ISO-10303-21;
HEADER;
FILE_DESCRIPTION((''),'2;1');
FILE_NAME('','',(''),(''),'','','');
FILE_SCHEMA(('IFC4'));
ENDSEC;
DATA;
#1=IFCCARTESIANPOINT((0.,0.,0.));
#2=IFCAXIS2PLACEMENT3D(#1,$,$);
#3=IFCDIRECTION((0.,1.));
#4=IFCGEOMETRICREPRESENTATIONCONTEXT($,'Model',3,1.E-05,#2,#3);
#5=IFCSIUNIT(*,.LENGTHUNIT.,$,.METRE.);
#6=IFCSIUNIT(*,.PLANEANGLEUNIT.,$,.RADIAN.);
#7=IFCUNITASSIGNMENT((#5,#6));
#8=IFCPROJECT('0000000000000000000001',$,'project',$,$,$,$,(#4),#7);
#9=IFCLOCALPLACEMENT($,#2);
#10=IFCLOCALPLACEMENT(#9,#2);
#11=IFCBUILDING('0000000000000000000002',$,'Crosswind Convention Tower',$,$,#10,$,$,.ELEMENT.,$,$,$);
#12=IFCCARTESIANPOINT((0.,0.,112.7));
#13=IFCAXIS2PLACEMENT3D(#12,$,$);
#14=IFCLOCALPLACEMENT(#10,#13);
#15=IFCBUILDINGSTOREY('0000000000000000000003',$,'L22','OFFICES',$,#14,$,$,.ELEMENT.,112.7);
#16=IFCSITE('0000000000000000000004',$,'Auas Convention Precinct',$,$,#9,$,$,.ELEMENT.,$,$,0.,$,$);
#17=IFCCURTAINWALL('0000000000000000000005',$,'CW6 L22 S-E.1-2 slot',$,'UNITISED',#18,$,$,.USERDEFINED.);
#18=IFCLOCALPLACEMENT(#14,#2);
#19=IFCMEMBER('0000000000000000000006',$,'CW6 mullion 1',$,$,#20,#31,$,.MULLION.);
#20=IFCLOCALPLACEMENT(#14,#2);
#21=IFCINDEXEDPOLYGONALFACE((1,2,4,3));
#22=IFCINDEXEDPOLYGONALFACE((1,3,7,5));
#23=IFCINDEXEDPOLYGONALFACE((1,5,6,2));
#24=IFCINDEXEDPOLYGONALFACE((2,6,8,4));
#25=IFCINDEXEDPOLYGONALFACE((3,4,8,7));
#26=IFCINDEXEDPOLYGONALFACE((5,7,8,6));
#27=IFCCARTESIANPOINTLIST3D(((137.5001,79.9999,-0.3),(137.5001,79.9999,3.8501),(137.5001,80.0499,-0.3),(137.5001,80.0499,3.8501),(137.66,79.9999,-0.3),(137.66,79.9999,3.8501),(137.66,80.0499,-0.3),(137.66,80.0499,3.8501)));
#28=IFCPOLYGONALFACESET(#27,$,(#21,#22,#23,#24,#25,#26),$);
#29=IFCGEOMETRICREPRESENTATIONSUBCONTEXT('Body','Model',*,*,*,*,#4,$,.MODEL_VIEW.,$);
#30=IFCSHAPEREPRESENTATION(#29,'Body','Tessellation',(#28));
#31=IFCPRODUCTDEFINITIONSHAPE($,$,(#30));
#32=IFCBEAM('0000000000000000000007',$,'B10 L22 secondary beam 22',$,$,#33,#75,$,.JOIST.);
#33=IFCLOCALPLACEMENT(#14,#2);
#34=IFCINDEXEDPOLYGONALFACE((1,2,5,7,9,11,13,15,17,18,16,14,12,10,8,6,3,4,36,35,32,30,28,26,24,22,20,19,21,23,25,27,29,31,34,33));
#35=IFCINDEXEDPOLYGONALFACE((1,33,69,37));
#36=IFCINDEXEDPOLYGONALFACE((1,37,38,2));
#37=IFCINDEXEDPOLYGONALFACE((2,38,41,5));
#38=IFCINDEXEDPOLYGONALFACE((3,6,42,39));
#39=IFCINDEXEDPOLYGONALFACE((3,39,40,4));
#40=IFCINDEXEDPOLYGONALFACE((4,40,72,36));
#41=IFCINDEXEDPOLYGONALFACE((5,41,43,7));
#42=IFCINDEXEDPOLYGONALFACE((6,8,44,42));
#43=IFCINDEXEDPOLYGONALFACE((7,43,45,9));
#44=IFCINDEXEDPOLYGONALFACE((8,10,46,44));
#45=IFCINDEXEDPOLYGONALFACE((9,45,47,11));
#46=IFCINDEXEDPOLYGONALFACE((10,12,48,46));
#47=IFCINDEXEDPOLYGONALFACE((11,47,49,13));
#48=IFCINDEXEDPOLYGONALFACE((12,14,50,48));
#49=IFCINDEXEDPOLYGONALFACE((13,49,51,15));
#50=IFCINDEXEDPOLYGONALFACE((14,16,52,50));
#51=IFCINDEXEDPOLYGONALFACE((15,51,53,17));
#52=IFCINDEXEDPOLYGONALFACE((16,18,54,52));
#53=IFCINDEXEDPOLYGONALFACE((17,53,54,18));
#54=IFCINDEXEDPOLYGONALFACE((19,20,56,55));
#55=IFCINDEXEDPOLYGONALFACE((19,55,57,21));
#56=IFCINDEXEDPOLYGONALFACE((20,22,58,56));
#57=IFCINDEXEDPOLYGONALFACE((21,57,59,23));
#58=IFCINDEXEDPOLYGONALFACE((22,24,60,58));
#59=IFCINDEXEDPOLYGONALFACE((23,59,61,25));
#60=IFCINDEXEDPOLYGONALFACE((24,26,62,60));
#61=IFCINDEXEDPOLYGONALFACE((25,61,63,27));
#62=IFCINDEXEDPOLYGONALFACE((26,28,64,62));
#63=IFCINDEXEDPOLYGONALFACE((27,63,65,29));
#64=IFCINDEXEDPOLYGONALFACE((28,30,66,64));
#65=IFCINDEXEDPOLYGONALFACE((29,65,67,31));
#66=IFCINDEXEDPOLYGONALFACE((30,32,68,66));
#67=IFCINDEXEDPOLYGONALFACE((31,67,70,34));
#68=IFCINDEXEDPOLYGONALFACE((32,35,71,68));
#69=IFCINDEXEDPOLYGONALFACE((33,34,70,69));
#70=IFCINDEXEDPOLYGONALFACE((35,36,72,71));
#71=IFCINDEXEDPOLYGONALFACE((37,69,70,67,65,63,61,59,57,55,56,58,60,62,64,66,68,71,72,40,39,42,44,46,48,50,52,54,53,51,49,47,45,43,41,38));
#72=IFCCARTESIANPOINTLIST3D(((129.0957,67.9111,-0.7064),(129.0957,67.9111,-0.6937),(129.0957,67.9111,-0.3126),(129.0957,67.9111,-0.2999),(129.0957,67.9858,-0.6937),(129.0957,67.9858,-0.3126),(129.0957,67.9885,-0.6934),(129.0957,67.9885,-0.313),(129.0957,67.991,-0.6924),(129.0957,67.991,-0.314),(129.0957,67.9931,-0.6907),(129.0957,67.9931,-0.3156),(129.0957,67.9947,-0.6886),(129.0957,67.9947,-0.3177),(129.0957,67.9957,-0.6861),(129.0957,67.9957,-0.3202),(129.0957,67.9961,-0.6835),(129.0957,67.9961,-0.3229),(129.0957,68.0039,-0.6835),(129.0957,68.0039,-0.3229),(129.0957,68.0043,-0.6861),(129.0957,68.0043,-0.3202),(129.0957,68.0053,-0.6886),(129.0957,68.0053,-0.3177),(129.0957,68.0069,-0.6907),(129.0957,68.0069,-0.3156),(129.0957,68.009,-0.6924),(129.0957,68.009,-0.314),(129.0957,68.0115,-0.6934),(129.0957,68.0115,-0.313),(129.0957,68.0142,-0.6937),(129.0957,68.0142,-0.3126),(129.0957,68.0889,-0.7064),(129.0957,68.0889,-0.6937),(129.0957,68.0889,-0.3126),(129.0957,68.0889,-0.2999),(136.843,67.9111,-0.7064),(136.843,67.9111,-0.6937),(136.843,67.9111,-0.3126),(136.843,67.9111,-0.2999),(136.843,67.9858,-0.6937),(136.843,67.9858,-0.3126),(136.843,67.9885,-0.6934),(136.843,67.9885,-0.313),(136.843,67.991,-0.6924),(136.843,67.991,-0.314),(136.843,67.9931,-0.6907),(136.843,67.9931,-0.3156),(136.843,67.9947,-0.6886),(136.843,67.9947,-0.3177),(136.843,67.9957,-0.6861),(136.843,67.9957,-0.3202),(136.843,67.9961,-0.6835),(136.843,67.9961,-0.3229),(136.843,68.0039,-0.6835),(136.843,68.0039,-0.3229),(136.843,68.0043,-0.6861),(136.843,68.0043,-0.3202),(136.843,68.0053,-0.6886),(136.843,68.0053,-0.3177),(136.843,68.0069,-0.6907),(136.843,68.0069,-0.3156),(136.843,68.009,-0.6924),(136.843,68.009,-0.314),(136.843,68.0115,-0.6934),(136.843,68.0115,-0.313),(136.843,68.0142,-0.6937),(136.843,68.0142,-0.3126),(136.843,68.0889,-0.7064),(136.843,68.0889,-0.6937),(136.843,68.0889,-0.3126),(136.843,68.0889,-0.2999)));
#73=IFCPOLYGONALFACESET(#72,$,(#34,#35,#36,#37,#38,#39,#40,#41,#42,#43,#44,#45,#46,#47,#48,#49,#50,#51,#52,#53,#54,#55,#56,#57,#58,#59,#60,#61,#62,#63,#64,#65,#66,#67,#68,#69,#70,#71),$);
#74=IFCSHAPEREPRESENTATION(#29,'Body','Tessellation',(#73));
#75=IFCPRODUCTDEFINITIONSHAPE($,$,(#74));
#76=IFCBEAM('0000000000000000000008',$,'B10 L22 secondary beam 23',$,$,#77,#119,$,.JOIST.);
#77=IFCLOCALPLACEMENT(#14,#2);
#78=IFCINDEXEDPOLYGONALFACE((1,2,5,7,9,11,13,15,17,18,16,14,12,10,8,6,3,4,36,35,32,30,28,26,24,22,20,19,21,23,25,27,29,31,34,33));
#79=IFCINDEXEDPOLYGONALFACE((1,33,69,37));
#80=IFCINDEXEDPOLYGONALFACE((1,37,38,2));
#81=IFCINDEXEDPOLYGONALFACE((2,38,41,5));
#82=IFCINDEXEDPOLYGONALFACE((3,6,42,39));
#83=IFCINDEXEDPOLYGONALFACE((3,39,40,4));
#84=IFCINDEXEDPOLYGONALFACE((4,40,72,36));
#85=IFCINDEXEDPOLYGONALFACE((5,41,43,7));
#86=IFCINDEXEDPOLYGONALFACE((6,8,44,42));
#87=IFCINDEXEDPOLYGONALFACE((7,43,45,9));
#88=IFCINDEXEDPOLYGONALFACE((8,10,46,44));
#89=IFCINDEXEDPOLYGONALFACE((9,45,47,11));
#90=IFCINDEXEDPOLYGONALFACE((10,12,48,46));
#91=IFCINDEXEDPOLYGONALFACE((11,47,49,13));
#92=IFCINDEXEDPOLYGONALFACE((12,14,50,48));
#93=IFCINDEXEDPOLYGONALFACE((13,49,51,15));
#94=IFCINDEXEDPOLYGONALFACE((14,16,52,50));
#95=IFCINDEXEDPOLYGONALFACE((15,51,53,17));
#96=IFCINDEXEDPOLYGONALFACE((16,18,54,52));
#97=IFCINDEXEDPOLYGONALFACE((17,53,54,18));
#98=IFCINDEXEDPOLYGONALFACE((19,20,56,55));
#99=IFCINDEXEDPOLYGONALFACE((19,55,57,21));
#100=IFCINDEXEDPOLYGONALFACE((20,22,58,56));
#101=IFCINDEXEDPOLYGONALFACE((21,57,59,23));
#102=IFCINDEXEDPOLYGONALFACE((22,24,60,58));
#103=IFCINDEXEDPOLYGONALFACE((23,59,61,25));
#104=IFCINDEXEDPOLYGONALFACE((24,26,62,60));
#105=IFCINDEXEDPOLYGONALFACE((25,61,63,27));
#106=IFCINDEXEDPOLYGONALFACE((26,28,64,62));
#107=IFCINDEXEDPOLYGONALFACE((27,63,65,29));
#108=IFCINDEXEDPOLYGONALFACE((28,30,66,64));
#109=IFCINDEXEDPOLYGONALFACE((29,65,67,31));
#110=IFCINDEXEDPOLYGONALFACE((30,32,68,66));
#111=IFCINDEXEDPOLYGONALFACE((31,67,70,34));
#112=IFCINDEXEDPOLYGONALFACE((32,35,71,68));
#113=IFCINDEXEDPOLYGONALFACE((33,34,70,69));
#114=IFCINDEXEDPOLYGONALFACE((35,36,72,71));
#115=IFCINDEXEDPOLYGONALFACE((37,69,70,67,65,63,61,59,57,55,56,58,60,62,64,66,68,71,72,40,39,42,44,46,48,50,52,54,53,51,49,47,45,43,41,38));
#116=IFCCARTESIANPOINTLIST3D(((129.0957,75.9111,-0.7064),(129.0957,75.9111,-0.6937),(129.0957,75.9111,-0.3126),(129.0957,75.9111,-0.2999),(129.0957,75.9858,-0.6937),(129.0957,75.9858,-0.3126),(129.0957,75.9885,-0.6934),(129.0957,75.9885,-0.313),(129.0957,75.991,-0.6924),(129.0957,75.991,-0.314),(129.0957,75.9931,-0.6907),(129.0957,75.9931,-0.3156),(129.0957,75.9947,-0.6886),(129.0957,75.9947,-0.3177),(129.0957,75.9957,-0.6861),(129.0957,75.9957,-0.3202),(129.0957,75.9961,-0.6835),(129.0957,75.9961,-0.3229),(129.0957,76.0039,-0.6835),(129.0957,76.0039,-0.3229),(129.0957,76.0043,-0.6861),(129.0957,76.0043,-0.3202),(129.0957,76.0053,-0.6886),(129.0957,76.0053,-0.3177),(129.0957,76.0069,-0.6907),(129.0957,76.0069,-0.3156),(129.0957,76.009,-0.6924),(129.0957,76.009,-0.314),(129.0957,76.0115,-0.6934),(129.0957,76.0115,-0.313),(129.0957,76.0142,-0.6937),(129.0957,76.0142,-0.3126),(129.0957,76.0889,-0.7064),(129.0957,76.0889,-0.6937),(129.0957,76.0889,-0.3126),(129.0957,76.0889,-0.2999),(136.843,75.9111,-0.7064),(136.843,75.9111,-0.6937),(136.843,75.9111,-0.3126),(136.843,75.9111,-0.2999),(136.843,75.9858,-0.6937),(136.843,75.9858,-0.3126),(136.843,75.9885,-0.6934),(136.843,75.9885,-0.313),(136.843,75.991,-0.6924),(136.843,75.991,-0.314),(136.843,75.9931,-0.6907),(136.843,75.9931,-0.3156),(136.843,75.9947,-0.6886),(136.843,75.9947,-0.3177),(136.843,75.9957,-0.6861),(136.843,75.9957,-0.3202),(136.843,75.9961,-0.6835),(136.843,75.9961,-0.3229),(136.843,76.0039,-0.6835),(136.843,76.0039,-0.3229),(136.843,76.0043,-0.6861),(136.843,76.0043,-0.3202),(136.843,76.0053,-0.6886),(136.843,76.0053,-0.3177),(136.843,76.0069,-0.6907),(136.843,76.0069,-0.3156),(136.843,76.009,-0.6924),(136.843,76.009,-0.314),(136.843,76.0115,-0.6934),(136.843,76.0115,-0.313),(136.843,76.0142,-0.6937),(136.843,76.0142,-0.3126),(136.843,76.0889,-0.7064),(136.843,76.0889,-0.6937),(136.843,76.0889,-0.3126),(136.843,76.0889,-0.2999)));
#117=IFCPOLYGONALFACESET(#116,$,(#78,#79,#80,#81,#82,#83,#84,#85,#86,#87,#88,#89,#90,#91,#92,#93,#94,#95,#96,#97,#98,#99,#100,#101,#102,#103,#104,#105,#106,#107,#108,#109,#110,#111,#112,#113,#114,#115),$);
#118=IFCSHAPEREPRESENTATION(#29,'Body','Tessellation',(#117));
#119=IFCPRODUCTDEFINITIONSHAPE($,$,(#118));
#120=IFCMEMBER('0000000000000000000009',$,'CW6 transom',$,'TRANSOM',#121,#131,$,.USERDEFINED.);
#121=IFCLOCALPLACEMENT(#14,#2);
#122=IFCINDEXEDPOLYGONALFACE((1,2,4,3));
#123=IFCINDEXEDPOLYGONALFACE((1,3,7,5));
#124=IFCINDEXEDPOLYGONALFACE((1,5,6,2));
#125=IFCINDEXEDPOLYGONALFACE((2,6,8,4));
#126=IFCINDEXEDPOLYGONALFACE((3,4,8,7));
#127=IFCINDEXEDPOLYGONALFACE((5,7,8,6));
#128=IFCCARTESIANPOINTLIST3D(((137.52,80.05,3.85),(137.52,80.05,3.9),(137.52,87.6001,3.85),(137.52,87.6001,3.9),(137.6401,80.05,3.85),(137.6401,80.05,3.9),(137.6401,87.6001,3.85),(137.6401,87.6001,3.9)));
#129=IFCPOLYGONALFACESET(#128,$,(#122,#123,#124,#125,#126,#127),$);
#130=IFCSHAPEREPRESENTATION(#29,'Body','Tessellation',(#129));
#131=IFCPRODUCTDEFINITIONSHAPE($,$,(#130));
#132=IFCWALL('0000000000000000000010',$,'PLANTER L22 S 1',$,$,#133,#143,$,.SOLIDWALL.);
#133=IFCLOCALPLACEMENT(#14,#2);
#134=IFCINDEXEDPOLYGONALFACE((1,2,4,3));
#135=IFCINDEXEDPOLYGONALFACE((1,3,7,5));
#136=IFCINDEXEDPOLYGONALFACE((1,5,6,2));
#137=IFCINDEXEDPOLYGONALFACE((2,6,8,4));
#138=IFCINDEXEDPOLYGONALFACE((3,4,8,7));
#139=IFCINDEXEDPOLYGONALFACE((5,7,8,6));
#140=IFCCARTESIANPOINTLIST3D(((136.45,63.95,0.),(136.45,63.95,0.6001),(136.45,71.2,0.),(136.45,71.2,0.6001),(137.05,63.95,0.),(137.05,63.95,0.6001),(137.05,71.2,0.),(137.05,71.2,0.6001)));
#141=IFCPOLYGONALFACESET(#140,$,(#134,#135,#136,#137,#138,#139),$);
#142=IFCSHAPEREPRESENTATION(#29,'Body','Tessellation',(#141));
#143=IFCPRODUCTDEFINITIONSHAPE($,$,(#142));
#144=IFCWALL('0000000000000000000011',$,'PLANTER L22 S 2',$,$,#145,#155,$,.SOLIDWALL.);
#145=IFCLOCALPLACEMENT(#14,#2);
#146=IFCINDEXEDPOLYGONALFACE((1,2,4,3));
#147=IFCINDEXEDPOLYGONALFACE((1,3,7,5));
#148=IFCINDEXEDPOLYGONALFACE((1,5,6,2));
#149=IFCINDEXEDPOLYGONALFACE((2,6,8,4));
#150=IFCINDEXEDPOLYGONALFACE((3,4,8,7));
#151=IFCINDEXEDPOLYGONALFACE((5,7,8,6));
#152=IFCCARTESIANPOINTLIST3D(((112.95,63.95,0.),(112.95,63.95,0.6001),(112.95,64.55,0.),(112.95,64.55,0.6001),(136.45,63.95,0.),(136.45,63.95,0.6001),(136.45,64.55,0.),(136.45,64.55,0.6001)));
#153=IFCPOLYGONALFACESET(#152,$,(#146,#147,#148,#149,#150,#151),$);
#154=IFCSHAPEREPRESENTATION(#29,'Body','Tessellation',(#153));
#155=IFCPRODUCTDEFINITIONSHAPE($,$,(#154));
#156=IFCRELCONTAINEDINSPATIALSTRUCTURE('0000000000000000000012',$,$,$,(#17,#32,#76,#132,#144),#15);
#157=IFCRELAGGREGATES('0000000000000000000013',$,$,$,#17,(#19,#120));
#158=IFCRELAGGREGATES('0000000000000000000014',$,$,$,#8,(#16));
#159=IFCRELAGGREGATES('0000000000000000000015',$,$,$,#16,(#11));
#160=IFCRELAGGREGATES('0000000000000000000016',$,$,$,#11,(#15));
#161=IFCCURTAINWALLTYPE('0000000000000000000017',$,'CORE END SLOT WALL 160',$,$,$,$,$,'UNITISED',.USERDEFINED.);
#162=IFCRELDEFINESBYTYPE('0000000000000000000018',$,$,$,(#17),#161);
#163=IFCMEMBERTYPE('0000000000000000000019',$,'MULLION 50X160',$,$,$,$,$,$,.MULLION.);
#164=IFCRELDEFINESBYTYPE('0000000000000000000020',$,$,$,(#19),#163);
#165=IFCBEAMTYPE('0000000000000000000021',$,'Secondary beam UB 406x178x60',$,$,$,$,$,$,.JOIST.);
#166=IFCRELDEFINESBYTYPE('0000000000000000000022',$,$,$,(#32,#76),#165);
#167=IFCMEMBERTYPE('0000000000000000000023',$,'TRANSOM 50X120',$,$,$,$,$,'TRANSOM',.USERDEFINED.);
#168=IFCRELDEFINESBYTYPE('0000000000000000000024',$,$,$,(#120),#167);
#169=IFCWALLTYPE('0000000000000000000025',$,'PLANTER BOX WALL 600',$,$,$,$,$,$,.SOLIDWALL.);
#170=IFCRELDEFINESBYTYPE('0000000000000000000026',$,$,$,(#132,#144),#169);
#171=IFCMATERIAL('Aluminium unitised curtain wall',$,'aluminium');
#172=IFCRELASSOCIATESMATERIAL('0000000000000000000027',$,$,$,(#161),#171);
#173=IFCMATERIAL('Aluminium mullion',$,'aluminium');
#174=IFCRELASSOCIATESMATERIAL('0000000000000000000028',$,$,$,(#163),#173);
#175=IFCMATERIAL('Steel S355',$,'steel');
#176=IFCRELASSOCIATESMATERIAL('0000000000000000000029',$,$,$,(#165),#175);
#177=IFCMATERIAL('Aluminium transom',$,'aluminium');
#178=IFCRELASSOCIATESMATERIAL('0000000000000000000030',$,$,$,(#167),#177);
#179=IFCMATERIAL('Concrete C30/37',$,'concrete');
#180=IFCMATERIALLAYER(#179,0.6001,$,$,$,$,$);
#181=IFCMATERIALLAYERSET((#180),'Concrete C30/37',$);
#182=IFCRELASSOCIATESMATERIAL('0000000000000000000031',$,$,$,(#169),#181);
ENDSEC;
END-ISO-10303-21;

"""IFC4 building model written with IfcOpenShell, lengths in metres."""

from ifc_helpers import new_model, si_unit, direction, frame, frame_2d, origin, origin_2d, place, context, subcontext, project, spatial, rectangle, i_section, extrude, material, layer, layer_set, material_profile, profile_set, type_object, element, aggregate, save


model = new_model("IFC4")

# Units and contexts
model_context = context("Model", 3, precision=1e-05, world=origin(), true_north=direction((0.0, 1.0)))
body_context = subcontext(model_context, "Body", "Model", "MODEL_VIEW")
ifc_project = project(units=[si_unit("LENGTHUNIT", "METRE"), si_unit("PLANEANGLEUNIT", "RADIAN")], contexts=[model_context])

# Site, building, storey
site_placement = place(None, origin())
site = spatial("IfcSite", under=ifc_project, at=site_placement, Name="Auas Convention Precinct", CompositionType="ELEMENT", RefElevation=0.0)
building_placement = place(site_placement, origin())
building = spatial("IfcBuilding", under=site, at=building_placement, Name="Crosswind Convention Tower", CompositionType="ELEMENT")
storey_placement = place(building_placement, frame((0.0, 0.0, 112.7)))
storey = spatial("IfcBuildingStorey", under=building, at=storey_placement, Name="L22", Description="OFFICES", CompositionType="ELEMENT", Elevation=112.7)

# Shared definitions
ifc_material_1 = material(Name="Steel S355", Category="steel")

# Curtain wall, member
ifc_material_2 = material(Name="Aluminium unitised curtain wall", Category="aluminium")
curtain_wall_type = type_object("IfcCurtainWallType", Name="CORE END SLOT WALL 160", ElementType="UNITISED", PredefinedType="USERDEFINED", material=ifc_material_2)
curtain_wall_placement = place(storey_placement, origin())
curtain_wall = element("IfcCurtainWall", 1, at=curtain_wall_placement, inside=storey, type_object=curtain_wall_type, Name="CW6 L22 S-E.1-2 slot", ObjectType="UNITISED", PredefinedType="USERDEFINED")
ifc_material_3 = material(Name="Aluminium mullion", Category="aluminium")
ifc_material_profile_1 = material_profile(ifc_material_3, rectangle(XDim=0.1599, YDim=0.05, at=origin_2d()), Name="AL 160X50")
ifc_profile_set_1 = profile_set([ifc_material_profile_1], Name="Aluminium mullion")
member_type_1 = type_object("IfcMemberType", Name="MULLION 50X160", PredefinedType="MULLION", material=ifc_profile_set_1)
member_1_placement = place(storey_placement, frame((137.5801, 80.0249, -0.3), z_axis=(0.0, 0.0, 1.0), x_axis=(1.0, 0.0, 0.0)))
member_1 = element("IfcMember", 2, at=member_1_placement, type_object=member_type_1, Name="CW6 mullion 1", PredefinedType="MULLION", context=body_context, shape_type="SweptSolid", body=[
    extrude(rectangle(XDim=0.1599, YDim=0.05, at=origin_2d()), origin(), (0.0, 0.0, 1.0), 4.1501),
])

# Beams
ifc_material_profile_2 = material_profile(ifc_material_1, i_section(OverallWidth=0.1777, OverallDepth=0.4065, WebThickness=0.0078, FlangeThickness=0.0127, FilletRadius=0.0103, at=origin_2d()), Name="UB 406x178x60")
ifc_profile_set_2 = profile_set([ifc_material_profile_2], Name="Steel S355")
beam_type_1 = type_object("IfcBeamType", Name="Secondary beam UB 406x178x60", PredefinedType="JOIST", material=ifc_profile_set_2)
for number, where, z_axis, x_axis, name in (
    (3, (129.0957, 68.0, -0.5032), (1.0, 0.0, 0.0), (0.0, 1.0, 0.0), "B10 L22 secondary beam 22"),
    (4, (129.0957, 76.0, -0.5032), (1.0, 0.0, 0.0), (0.0, 1.0, 0.0), "B10 L22 secondary beam 23"),
):
    element("IfcBeam", number, at=place(storey_placement, frame(where, z_axis=z_axis, x_axis=x_axis)), inside=storey, type_object=beam_type_1, Name=name, PredefinedType="JOIST", context=body_context, shape_type="SweptSolid", body=[
        extrude(i_section(OverallWidth=0.1777, OverallDepth=0.4065, WebThickness=0.0078, FlangeThickness=0.0127, FilletRadius=0.0103, at=origin_2d()), origin(), (0.0, 0.0, 1.0), 7.7473),
    ])

# Member
ifc_material_4 = material(Name="Aluminium transom", Category="aluminium")
ifc_material_profile_3 = material_profile(ifc_material_4, rectangle(XDim=0.1201, YDim=0.05, at=origin_2d()), Name="AL 120X50")
ifc_profile_set_3 = profile_set([ifc_material_profile_3], Name="Aluminium transom")
member_type_2 = type_object("IfcMemberType", Name="TRANSOM 50X120", ElementType="TRANSOM", PredefinedType="USERDEFINED", material=ifc_profile_set_3)
member_2_placement = place(storey_placement, frame((137.5801, 80.05, 3.875), z_axis=(0.0, 1.0, 0.0), x_axis=(-1.0, 0.0, 0.0)))
member_2 = element("IfcMember", 5, at=member_2_placement, type_object=member_type_2, Name="CW6 transom", ObjectType="TRANSOM", PredefinedType="USERDEFINED", context=body_context, shape_type="SweptSolid", body=[
    extrude(rectangle(XDim=0.1201, YDim=0.05, at=origin_2d()), origin(), (0.0, 0.0, 1.0), 7.55),
])
aggregate(curtain_wall, [member_1, member_2])

# Walls
ifc_material_5 = material(Name="Concrete C30/37", Category="concrete")
ifc_layer_1 = layer(ifc_material_5, 0.6001)
ifc_layer_set_1 = layer_set([ifc_layer_1], Name="Concrete C30/37")
wall_type_1 = type_object("IfcWallType", Name="PLANTER BOX WALL 600", PredefinedType="SOLIDWALL", material=ifc_layer_set_1)
wall_1_placement = place(storey_placement, frame((136.75, 71.2, 0.0), z_axis=(0.0, 0.0, 1.0), x_axis=(0.0, -1.0, 0.0)))
element("IfcWall", 6, at=wall_1_placement, inside=storey, type_object=wall_type_1, Name="PLANTER L22 S 1", PredefinedType="SOLIDWALL", context=body_context, shape_type="SweptSolid", body=[
    extrude(rectangle(XDim=7.25, YDim=0.6001, at=frame_2d((3.625, 0.0))), origin(), (0.0, 0.0, 1.0), 0.6001),
])
wall_2_placement = place(storey_placement, frame((136.45, 64.25, 0.0), z_axis=(0.0, 0.0, 1.0), x_axis=(-1.0, 0.0, 0.0)))
element("IfcWall", 7, at=wall_2_placement, inside=storey, type_object=wall_type_1, Name="PLANTER L22 S 2", PredefinedType="SOLIDWALL", context=body_context, shape_type="SweptSolid", body=[
    extrude(rectangle(XDim=23.5, YDim=0.6001, at=frame_2d((11.75, 0.0))), origin(), (0.0, 0.0, 1.0), 0.6001),
])

save(model, "model.ifc")
